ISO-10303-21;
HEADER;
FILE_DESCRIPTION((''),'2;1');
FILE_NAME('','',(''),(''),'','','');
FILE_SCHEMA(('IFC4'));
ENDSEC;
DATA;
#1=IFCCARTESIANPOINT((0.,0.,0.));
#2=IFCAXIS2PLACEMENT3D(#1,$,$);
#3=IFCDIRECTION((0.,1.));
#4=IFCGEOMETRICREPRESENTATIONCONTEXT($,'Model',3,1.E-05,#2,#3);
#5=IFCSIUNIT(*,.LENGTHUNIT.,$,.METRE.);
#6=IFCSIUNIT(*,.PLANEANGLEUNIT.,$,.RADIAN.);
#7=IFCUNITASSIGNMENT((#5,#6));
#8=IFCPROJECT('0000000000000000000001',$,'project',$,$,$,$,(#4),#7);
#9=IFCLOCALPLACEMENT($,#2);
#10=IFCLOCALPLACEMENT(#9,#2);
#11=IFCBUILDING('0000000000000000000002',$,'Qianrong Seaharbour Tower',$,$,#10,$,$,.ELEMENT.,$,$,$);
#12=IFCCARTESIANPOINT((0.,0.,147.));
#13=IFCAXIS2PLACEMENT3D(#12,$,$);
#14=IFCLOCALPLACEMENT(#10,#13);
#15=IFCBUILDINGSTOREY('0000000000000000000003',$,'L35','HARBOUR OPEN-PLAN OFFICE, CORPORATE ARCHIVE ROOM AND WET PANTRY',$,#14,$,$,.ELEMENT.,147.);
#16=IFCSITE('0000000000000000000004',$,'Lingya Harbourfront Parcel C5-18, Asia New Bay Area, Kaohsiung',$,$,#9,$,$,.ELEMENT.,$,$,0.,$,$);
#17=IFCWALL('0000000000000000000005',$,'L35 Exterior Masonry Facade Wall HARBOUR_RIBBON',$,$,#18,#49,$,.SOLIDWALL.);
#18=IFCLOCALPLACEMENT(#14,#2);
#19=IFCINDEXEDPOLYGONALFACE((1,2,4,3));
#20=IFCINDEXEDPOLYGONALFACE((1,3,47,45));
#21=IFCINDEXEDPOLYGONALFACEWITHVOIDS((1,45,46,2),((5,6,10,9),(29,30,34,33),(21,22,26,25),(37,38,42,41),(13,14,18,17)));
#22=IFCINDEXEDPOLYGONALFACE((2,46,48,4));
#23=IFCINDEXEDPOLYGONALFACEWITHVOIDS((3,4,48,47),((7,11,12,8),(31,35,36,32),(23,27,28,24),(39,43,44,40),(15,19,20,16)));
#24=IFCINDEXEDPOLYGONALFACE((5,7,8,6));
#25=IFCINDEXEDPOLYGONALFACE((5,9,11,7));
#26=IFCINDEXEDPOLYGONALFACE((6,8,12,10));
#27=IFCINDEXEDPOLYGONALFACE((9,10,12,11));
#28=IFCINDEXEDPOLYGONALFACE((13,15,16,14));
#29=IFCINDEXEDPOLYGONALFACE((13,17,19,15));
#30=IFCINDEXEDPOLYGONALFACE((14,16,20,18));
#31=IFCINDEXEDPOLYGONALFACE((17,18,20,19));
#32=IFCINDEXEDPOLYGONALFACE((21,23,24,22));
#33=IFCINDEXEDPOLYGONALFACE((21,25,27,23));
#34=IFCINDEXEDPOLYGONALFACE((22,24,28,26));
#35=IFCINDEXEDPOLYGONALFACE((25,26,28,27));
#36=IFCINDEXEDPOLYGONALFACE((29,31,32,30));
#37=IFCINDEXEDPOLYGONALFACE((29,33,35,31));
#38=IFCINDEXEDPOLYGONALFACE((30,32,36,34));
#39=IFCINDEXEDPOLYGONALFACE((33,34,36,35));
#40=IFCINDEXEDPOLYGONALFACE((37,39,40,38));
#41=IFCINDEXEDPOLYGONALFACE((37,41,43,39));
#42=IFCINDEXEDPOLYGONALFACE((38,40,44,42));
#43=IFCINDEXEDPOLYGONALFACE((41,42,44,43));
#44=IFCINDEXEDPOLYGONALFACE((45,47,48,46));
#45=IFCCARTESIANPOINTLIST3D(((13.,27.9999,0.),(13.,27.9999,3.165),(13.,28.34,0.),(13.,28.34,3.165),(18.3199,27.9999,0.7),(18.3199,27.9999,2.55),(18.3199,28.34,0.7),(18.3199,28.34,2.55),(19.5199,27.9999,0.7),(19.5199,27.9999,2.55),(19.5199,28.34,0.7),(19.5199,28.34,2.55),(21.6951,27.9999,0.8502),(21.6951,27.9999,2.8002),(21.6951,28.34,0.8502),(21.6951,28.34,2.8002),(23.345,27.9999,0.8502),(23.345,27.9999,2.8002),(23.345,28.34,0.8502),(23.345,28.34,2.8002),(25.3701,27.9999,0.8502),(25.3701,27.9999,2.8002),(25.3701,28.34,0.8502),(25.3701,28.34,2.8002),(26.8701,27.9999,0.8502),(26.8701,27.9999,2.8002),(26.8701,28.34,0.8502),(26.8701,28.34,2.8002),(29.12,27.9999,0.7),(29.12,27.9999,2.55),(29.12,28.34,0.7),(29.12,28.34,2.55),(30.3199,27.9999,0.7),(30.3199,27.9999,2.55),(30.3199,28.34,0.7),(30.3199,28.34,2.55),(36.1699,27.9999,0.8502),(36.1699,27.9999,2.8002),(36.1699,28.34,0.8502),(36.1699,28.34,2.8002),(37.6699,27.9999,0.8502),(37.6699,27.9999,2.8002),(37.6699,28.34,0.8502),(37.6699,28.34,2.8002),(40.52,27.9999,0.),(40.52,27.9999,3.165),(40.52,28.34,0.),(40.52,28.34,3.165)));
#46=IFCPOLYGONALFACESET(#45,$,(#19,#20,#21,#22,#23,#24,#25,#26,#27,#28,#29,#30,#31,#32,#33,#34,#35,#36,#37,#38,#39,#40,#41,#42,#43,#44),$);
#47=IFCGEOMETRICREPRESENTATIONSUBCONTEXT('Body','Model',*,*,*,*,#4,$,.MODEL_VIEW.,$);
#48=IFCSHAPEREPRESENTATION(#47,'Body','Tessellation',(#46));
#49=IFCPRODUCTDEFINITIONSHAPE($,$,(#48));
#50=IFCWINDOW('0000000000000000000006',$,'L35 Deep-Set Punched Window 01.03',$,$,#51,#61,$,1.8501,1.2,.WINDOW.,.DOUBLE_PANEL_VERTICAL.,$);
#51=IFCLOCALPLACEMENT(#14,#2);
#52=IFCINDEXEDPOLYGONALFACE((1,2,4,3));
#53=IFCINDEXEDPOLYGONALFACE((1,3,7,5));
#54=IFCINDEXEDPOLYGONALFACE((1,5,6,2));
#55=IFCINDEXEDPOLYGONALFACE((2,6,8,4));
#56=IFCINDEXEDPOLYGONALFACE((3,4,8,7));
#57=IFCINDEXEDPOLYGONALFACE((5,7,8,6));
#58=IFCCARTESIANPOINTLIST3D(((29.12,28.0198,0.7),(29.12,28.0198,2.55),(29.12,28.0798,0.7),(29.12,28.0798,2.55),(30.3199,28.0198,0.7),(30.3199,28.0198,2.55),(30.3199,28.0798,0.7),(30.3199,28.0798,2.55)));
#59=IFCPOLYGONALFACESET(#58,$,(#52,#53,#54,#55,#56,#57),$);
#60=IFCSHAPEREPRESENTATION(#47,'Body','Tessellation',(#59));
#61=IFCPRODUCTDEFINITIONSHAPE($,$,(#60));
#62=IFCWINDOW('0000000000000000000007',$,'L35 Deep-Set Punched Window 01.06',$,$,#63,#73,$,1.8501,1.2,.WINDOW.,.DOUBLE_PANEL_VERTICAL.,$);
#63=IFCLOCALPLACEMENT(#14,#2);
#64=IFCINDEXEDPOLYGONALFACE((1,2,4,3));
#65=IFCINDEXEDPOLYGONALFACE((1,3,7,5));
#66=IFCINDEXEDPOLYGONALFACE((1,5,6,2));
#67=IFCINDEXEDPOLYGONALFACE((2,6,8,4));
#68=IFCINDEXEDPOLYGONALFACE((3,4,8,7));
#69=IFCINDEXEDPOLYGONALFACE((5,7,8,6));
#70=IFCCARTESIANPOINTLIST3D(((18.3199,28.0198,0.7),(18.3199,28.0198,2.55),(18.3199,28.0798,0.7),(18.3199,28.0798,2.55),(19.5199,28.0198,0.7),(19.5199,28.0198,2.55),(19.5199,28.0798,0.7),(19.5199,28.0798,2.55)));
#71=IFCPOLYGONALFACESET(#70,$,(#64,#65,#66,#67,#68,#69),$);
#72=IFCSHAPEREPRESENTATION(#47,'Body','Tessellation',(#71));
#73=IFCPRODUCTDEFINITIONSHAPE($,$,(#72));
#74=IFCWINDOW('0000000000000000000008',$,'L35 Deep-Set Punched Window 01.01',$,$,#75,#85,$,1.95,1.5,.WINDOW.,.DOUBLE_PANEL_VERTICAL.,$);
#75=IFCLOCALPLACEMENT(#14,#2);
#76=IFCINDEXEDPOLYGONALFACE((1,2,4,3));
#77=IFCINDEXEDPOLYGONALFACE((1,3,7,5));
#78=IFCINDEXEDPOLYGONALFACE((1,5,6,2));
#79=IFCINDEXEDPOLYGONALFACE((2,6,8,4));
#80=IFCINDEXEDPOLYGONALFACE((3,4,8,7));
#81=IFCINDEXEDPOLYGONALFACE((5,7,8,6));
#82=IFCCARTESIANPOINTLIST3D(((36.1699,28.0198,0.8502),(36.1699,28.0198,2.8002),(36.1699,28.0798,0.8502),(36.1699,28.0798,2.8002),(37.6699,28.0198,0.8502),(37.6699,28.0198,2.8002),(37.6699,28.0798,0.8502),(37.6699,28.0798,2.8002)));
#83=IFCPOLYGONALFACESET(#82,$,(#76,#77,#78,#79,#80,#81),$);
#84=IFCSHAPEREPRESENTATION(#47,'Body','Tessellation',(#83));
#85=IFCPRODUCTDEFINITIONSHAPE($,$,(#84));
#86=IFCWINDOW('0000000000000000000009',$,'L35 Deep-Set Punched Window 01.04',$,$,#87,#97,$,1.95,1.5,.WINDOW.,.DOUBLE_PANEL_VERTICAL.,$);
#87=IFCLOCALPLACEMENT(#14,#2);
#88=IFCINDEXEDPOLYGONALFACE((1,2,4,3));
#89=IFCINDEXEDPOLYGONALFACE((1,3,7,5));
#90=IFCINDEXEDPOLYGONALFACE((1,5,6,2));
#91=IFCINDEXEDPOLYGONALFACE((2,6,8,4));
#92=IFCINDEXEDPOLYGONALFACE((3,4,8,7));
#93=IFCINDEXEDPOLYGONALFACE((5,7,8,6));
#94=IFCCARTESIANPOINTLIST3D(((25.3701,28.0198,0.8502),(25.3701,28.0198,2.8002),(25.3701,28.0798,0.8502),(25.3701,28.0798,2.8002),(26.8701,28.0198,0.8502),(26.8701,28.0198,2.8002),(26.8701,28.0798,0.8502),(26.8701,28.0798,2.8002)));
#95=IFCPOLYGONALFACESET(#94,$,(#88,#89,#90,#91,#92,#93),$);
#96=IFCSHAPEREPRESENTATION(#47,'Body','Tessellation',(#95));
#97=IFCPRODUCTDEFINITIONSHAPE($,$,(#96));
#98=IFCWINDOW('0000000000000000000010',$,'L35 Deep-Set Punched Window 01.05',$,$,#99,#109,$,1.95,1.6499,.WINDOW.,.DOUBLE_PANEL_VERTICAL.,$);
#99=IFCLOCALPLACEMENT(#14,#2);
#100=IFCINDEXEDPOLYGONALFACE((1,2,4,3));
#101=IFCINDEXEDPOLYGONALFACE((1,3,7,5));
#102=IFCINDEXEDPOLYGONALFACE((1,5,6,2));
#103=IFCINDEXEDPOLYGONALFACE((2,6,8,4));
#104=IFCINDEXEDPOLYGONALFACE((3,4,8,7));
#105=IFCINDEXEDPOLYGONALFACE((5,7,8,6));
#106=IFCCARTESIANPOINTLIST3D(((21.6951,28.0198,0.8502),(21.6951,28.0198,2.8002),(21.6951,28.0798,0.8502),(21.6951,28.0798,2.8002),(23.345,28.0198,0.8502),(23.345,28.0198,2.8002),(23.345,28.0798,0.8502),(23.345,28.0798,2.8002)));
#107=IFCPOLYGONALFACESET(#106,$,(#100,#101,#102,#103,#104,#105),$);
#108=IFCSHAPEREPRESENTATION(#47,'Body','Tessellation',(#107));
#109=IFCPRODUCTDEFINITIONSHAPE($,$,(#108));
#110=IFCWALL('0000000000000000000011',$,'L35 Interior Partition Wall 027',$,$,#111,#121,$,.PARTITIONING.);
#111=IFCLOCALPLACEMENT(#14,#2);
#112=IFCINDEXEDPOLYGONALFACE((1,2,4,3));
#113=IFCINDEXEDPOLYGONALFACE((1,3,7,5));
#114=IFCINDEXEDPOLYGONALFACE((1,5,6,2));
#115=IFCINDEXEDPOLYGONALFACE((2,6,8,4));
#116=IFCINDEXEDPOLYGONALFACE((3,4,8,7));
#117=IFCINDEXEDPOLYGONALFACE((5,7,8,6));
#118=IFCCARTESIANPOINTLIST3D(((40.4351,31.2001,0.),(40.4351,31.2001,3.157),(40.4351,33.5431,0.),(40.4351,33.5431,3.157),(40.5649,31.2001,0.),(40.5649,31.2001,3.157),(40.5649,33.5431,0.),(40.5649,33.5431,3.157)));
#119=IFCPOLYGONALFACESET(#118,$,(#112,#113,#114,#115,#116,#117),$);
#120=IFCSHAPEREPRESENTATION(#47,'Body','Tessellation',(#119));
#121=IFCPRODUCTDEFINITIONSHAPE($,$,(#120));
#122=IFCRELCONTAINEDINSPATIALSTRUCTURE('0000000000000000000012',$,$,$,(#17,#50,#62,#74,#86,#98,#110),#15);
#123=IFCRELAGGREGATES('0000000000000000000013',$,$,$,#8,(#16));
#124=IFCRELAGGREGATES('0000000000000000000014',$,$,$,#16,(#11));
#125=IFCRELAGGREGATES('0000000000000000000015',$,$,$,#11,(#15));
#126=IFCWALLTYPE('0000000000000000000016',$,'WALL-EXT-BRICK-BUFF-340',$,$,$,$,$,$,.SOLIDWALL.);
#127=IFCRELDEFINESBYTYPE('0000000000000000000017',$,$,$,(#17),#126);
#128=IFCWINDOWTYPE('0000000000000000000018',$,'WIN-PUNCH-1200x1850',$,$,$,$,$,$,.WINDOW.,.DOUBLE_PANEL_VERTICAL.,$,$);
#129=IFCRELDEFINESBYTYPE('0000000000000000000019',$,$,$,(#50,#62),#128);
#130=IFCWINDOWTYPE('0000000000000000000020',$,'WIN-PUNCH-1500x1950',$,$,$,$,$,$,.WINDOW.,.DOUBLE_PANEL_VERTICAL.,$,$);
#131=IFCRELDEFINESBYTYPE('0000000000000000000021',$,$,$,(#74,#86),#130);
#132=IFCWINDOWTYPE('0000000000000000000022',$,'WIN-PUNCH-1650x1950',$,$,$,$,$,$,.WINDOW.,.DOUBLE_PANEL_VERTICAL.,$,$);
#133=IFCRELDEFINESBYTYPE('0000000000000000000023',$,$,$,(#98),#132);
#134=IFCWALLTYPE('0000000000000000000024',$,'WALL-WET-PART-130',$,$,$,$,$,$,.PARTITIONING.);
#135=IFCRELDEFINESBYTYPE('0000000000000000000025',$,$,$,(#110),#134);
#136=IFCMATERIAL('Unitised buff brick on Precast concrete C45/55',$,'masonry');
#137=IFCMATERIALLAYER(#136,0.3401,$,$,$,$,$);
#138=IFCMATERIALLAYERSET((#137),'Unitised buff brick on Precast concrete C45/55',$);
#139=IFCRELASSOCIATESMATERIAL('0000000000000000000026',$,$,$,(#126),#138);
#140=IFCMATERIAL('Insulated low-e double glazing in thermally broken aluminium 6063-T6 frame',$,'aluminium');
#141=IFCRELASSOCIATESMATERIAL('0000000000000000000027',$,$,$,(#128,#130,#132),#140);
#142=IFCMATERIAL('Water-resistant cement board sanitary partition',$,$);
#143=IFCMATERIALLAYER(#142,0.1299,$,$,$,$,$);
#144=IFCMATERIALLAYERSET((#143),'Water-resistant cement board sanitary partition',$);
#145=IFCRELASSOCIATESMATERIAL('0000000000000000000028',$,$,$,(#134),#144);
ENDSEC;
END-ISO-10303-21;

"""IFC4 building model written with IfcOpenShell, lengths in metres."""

from ifc_helpers import new_model, si_unit, direction, frame, frame_2d, origin, place, context, subcontext, project, spatial, rectangle, extrude, material, layer, layer_set, type_object, element, fill, save


model = new_model("IFC4")

# Units and contexts
model_context = context("Model", 3, precision=1e-05, world=origin(), true_north=direction((0.0, 1.0)))
body_context = subcontext(model_context, "Body", "Model", "MODEL_VIEW")
ifc_project = project(units=[si_unit("LENGTHUNIT", "METRE"), si_unit("PLANEANGLEUNIT", "RADIAN")], contexts=[model_context])

# Site, building, storey
site_placement = place(None, origin())
site = spatial("IfcSite", under=ifc_project, at=site_placement, Name="Lingya Harbourfront Parcel C5-18, Asia New Bay Area, Kaohsiung", CompositionType="ELEMENT", RefElevation=0.0)
building_placement = place(site_placement, origin())
building = spatial("IfcBuilding", under=site, at=building_placement, Name="Qianrong Seaharbour Tower", CompositionType="ELEMENT")
storey_placement = place(building_placement, frame((0.0, 0.0, 147.0)))
storey = spatial("IfcBuildingStorey", under=building, at=storey_placement, Name="L35", Description="HARBOUR OPEN-PLAN OFFICE, CORPORATE ARCHIVE ROOM AND WET PANTRY", CompositionType="ELEMENT", Elevation=147.0)

# Wall, openings, windows
ifc_material_1 = material(Name="Unitised buff brick on Precast concrete C45/55", Category="masonry")
ifc_layer_1 = layer(ifc_material_1, 0.3401)
ifc_layer_set_1 = layer_set([ifc_layer_1], Name="Unitised buff brick on Precast concrete C45/55")
wall_type_1 = type_object("IfcWallType", Name="WALL-EXT-BRICK-BUFF-340", PredefinedType="SOLIDWALL", material=ifc_layer_set_1)
wall_1_placement = place(storey_placement, frame((40.52, 28.1699, 0.0), z_axis=(0.0, 0.0, 1.0), x_axis=(-1.0, 0.0, 0.0)))
wall_1 = element("IfcWall", 1, at=wall_1_placement, inside=storey, type_object=wall_type_1, Name="L35 Exterior Masonry Facade Wall HARBOUR_RIBBON", PredefinedType="SOLIDWALL", context=body_context, shape_type="SweptSolid", body=[
    extrude(rectangle(XDim=27.52, YDim=0.3401, at=frame_2d((13.76, 0.0))), origin(), (0.0, 0.0, 1.0), 3.165),
])
opening_1_placement = place(wall_1_placement, frame((2.8501, 0.0, 0.8501)))
opening_1 = element("IfcOpeningElement", 2, at=opening_1_placement, cuts=wall_1, PredefinedType="OPENING", context=body_context, shape_type="SweptSolid", body=[
    extrude(rectangle(XDim=1.5, YDim=1.95, at=frame_2d((0.75, 0.9751))), frame((0.0, 0.1802, 0.0), z_axis=(0.0, -1.0, 0.0), x_axis=(1.0, 0.0, 0.0)), (0.0, 0.0, 1.0), 0.3601),
])
opening_2_placement = place(wall_1_placement, frame((10.2, 0.0, 0.7)))
opening_2 = element("IfcOpeningElement", 3, at=opening_2_placement, cuts=wall_1, PredefinedType="OPENING", context=body_context, shape_type="SweptSolid", body=[
    extrude(rectangle(XDim=1.2, YDim=1.8501, at=frame_2d((0.6001, 0.925))), frame((0.0, 0.1802, 0.0), z_axis=(0.0, -1.0, 0.0), x_axis=(1.0, 0.0, 0.0)), (0.0, 0.0, 1.0), 0.3601),
])
opening_3_placement = place(wall_1_placement, frame((13.6499, 0.0, 0.8501)))
opening_3 = element("IfcOpeningElement", 4, at=opening_3_placement, cuts=wall_1, PredefinedType="OPENING", context=body_context, shape_type="SweptSolid", body=[
    extrude(rectangle(XDim=1.5, YDim=1.95, at=frame_2d((0.75, 0.9751))), frame((0.0, 0.1802, 0.0), z_axis=(0.0, -1.0, 0.0), x_axis=(1.0, 0.0, 0.0)), (0.0, 0.0, 1.0), 0.3601),
])
opening_4_placement = place(wall_1_placement, frame((17.175, 0.0, 0.8501)))
opening_4 = element("IfcOpeningElement", 5, at=opening_4_placement, cuts=wall_1, PredefinedType="OPENING", context=body_context, shape_type="SweptSolid", body=[
    extrude(rectangle(XDim=1.6499, YDim=1.95, at=frame_2d((0.825, 0.9751))), frame((0.0, 0.1802, 0.0), z_axis=(0.0, -1.0, 0.0), x_axis=(1.0, 0.0, 0.0)), (0.0, 0.0, 1.0), 0.3601),
])
opening_5_placement = place(wall_1_placement, frame((21.0, 0.0, 0.7)))
opening_5 = element("IfcOpeningElement", 6, at=opening_5_placement, cuts=wall_1, PredefinedType="OPENING", context=body_context, shape_type="SweptSolid", body=[
    extrude(rectangle(XDim=1.2, YDim=1.8501, at=frame_2d((0.6001, 0.925))), frame((0.0, 0.1802, 0.0), z_axis=(0.0, -1.0, 0.0), x_axis=(1.0, 0.0, 0.0)), (0.0, 0.0, 1.0), 0.3601),
])
ifc_material_2 = material(Name="Insulated low-e double glazing in thermally broken aluminium 6063-T6 frame", Category="aluminium")
window_type_1 = type_object("IfcWindowType", Name="WIN-PUNCH-1200x1850", PartitioningType="DOUBLE_PANEL_VERTICAL", PredefinedType="WINDOW", material=ifc_material_2)
window_1_placement = place(opening_2_placement, origin())
window_1 = element("IfcWindow", 7, at=window_1_placement, inside=storey, type_object=window_type_1, Name="L35 Deep-Set Punched Window 01.03", OverallHeight=1.8501, OverallWidth=1.2, PartitioningType="DOUBLE_PANEL_VERTICAL", PredefinedType="WINDOW", context=body_context, shape_type="SweptSolid", body=[
    extrude(rectangle(XDim=1.2, YDim=1.8501, at=frame_2d((0.6001, 0.925))), frame((0.0, 0.1501, 0.0), z_axis=(0.0, -1.0, 0.0), x_axis=(1.0, 0.0, 0.0)), (0.0, 0.0, 1.0), 0.0601),
])
fill(opening_2, window_1)
window_2_placement = place(opening_5_placement, origin())
window_2 = element("IfcWindow", 8, at=window_2_placement, inside=storey, type_object=window_type_1, Name="L35 Deep-Set Punched Window 01.06", OverallHeight=1.8501, OverallWidth=1.2, PartitioningType="DOUBLE_PANEL_VERTICAL", PredefinedType="WINDOW", context=body_context, shape_type="SweptSolid", body=[
    extrude(rectangle(XDim=1.2, YDim=1.8501, at=frame_2d((0.6001, 0.925))), frame((0.0, 0.1501, 0.0), z_axis=(0.0, -1.0, 0.0), x_axis=(1.0, 0.0, 0.0)), (0.0, 0.0, 1.0), 0.0601),
])
fill(opening_5, window_2)
window_type_2 = type_object("IfcWindowType", Name="WIN-PUNCH-1500x1950", PartitioningType="DOUBLE_PANEL_VERTICAL", PredefinedType="WINDOW", material=ifc_material_2)
window_3_placement = place(opening_1_placement, origin())
window_3 = element("IfcWindow", 9, at=window_3_placement, inside=storey, type_object=window_type_2, Name="L35 Deep-Set Punched Window 01.01", OverallHeight=1.95, OverallWidth=1.5, PartitioningType="DOUBLE_PANEL_VERTICAL", PredefinedType="WINDOW", context=body_context, shape_type="SweptSolid", body=[
    extrude(rectangle(XDim=1.5, YDim=1.95, at=frame_2d((0.75, 0.9751))), frame((0.0, 0.1501, 0.0), z_axis=(0.0, -1.0, 0.0), x_axis=(1.0, 0.0, 0.0)), (0.0, 0.0, 1.0), 0.0601),
])
fill(opening_1, window_3)
window_4_placement = place(opening_3_placement, origin())
window_4 = element("IfcWindow", 10, at=window_4_placement, inside=storey, type_object=window_type_2, Name="L35 Deep-Set Punched Window 01.04", OverallHeight=1.95, OverallWidth=1.5, PartitioningType="DOUBLE_PANEL_VERTICAL", PredefinedType="WINDOW", context=body_context, shape_type="SweptSolid", body=[
    extrude(rectangle(XDim=1.5, YDim=1.95, at=frame_2d((0.75, 0.9751))), frame((0.0, 0.1501, 0.0), z_axis=(0.0, -1.0, 0.0), x_axis=(1.0, 0.0, 0.0)), (0.0, 0.0, 1.0), 0.0601),
])
fill(opening_3, window_4)
window_type_3 = type_object("IfcWindowType", Name="WIN-PUNCH-1650x1950", PartitioningType="DOUBLE_PANEL_VERTICAL", PredefinedType="WINDOW", material=ifc_material_2)
window_5_placement = place(opening_4_placement, origin())
window_5 = element("IfcWindow", 11, at=window_5_placement, inside=storey, type_object=window_type_3, Name="L35 Deep-Set Punched Window 01.05", OverallHeight=1.95, OverallWidth=1.6499, PartitioningType="DOUBLE_PANEL_VERTICAL", PredefinedType="WINDOW", context=body_context, shape_type="SweptSolid", body=[
    extrude(rectangle(XDim=1.6499, YDim=1.95, at=frame_2d((0.825, 0.9751))), frame((0.0, 0.1501, 0.0), z_axis=(0.0, -1.0, 0.0), x_axis=(1.0, 0.0, 0.0)), (0.0, 0.0, 1.0), 0.0601),
])
fill(opening_4, window_5)

# Wall
ifc_material_3 = material(Name="Water-resistant cement board sanitary partition")
ifc_layer_2 = layer(ifc_material_3, 0.1299)
ifc_layer_set_2 = layer_set([ifc_layer_2], Name="Water-resistant cement board sanitary partition")
wall_type_2 = type_object("IfcWallType", Name="WALL-WET-PART-130", PredefinedType="PARTITIONING", material=ifc_layer_set_2)
wall_2_placement = place(storey_placement, frame((40.5, 33.543, 0.0), z_axis=(0.0, 0.0, 1.0), x_axis=(0.0, -1.0, 0.0)))
element("IfcWall", 12, at=wall_2_placement, inside=storey, type_object=wall_type_2, Name="L35 Interior Partition Wall 027", PredefinedType="PARTITIONING", context=body_context, shape_type="SweptSolid", body=[
    extrude(rectangle(XDim=2.343, YDim=0.1299, at=frame_2d((1.1714, 0.0))), origin(), (0.0, 0.0, 1.0), 3.157),
])

save(model, "model.ifc")
